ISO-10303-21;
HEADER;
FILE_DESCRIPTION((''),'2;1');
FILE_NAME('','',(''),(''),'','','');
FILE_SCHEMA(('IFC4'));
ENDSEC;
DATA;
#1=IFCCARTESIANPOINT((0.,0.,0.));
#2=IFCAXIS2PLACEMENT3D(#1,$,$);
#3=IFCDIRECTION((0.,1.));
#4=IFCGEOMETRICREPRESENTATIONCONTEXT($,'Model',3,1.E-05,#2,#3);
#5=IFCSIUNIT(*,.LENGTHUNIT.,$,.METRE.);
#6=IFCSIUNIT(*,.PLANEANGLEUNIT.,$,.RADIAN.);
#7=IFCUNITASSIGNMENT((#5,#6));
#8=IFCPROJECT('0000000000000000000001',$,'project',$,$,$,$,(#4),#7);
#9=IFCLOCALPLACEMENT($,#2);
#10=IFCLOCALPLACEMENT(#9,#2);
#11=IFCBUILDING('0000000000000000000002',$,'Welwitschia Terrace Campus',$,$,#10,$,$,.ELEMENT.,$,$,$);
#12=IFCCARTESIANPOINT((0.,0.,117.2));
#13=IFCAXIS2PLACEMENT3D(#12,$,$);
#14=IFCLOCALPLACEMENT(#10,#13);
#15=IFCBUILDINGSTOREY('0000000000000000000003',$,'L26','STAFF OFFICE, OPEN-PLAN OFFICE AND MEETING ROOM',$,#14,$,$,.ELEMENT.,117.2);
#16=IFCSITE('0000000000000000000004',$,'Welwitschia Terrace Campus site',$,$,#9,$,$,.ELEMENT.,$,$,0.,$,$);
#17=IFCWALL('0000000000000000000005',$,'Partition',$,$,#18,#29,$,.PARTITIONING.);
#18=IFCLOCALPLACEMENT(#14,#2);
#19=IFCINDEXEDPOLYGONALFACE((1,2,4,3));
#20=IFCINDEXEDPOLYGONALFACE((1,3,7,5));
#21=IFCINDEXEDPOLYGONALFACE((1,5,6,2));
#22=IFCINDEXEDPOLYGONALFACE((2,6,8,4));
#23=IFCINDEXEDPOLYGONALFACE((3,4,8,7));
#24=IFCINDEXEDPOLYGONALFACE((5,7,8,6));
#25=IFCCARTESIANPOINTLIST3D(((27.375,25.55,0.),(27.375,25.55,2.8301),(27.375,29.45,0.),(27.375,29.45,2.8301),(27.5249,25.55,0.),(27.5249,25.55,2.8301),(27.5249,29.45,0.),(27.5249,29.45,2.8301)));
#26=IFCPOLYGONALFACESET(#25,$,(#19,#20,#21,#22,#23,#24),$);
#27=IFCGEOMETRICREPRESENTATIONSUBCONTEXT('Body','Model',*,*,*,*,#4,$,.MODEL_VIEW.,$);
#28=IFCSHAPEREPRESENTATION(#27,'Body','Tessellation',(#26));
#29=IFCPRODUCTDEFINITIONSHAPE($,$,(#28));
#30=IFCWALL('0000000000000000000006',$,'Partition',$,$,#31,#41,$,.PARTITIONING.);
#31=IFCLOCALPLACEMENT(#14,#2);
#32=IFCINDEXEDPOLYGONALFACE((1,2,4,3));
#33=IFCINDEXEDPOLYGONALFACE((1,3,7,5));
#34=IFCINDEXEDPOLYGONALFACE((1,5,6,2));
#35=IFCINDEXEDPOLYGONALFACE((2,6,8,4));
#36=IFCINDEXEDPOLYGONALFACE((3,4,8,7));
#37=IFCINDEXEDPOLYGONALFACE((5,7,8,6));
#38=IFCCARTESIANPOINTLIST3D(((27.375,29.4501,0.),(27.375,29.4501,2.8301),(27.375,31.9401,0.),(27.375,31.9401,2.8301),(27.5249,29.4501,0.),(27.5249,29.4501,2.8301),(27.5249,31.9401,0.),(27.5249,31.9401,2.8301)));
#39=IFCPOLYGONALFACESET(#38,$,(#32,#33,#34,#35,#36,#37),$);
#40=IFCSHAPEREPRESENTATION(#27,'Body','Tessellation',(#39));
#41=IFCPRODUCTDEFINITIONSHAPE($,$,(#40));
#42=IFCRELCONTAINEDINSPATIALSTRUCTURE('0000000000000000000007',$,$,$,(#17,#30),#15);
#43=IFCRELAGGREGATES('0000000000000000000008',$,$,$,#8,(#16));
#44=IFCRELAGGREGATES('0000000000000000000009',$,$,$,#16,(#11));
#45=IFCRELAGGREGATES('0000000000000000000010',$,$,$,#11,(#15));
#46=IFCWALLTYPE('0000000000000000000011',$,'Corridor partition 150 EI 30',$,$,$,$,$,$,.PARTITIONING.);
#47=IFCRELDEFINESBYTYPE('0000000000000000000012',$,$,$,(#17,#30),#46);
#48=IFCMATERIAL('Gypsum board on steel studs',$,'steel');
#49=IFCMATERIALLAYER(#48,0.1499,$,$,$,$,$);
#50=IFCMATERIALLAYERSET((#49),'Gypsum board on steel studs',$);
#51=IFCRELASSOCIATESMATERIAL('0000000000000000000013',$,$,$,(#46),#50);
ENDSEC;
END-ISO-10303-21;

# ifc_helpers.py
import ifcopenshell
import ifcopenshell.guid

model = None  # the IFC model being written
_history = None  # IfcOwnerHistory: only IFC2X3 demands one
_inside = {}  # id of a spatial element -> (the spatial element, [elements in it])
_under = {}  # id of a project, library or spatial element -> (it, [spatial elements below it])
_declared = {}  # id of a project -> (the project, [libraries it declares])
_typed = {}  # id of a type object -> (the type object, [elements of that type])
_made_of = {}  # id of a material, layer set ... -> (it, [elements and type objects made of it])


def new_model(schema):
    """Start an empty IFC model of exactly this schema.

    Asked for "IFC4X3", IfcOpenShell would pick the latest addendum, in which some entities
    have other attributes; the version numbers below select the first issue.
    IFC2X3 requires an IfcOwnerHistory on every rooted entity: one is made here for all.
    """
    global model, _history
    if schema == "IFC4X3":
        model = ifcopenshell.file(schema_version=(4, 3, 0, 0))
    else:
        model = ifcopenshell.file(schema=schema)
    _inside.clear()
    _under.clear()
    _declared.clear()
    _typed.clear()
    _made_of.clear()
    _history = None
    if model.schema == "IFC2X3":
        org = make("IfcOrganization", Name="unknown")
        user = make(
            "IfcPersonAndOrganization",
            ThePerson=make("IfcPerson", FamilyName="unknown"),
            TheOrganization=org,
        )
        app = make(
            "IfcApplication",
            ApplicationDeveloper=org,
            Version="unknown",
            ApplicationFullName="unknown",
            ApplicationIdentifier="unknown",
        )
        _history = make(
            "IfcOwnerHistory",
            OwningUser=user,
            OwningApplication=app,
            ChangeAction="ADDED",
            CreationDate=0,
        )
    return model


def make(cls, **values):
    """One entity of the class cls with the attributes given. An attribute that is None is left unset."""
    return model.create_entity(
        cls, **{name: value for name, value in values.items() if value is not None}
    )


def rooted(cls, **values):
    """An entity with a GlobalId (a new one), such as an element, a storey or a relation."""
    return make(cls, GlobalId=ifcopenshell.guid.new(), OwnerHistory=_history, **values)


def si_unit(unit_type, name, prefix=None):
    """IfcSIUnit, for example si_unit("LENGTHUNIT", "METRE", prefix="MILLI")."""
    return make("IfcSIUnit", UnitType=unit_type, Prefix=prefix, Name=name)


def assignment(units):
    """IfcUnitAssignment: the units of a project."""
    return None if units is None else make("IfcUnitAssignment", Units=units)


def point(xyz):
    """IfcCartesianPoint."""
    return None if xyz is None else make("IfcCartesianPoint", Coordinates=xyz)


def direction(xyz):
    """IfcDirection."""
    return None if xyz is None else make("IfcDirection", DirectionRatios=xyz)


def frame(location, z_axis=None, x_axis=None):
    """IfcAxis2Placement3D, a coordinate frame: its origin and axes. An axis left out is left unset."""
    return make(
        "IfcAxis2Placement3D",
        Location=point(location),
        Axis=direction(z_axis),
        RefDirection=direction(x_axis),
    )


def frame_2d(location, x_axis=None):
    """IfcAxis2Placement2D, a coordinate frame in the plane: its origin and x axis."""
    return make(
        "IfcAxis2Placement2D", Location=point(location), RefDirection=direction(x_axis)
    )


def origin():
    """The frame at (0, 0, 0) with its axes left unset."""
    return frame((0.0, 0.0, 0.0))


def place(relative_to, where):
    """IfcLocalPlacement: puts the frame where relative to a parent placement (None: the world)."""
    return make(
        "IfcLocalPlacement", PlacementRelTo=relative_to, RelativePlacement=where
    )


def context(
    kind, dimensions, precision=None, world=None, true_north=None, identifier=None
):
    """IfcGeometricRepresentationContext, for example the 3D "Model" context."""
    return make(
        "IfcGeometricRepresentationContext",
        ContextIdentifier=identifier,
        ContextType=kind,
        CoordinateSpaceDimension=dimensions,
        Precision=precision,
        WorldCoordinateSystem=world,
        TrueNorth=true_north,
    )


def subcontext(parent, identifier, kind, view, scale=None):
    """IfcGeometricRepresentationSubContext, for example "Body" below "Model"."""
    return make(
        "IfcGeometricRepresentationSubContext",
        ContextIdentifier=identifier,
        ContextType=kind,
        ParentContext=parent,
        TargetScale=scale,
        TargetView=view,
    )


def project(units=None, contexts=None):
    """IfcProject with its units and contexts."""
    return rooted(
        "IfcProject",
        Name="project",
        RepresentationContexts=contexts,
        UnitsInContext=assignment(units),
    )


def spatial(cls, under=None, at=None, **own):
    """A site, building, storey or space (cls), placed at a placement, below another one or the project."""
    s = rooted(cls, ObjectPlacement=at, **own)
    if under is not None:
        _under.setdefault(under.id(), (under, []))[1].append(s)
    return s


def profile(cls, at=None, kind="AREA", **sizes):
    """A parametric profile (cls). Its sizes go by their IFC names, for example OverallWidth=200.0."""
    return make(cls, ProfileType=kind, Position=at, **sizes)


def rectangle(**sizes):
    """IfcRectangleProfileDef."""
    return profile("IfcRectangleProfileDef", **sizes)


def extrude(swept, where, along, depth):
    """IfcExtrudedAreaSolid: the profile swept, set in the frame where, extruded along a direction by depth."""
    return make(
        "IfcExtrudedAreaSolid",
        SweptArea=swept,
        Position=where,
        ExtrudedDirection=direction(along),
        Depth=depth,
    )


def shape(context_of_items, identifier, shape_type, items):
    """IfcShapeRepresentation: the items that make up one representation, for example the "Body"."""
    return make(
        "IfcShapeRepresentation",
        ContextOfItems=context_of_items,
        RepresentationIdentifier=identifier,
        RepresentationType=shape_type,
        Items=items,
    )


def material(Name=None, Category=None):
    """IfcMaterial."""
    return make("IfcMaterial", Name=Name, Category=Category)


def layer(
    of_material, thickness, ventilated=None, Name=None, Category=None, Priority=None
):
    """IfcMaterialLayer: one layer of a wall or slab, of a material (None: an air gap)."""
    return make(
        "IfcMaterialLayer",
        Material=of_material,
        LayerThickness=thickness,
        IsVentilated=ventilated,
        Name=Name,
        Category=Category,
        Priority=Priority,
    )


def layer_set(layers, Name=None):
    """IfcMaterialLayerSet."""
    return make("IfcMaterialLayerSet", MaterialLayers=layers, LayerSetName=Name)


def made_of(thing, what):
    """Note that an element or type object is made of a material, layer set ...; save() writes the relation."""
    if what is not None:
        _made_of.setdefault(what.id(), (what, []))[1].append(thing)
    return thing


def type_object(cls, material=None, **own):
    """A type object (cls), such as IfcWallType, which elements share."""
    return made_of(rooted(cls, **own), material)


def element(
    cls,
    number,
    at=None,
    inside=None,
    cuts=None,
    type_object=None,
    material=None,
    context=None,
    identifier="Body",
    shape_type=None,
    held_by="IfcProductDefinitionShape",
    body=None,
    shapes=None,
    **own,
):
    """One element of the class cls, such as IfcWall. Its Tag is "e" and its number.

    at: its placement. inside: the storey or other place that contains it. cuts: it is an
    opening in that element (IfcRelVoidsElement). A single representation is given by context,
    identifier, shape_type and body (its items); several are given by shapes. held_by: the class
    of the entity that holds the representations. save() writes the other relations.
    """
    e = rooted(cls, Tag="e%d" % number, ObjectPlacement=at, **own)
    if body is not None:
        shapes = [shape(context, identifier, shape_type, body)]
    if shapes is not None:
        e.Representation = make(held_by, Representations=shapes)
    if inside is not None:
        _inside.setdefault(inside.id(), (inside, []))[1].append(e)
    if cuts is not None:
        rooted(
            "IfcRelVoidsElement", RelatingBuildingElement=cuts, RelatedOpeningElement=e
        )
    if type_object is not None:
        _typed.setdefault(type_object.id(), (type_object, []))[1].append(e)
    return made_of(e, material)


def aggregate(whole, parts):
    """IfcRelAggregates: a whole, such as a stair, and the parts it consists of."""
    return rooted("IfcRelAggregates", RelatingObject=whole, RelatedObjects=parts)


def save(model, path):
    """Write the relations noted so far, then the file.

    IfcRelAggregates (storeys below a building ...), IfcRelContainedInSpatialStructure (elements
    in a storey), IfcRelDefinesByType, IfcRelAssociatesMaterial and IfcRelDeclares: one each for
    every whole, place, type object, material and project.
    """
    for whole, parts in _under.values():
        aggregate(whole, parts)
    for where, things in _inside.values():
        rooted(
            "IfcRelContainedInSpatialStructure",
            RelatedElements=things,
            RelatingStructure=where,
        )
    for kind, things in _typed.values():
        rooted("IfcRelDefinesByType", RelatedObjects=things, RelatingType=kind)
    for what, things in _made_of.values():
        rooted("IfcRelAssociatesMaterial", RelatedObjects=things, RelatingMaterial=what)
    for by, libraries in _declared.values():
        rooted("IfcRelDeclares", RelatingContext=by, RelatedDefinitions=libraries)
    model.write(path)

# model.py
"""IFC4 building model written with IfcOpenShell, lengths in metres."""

from ifc_helpers import new_model, si_unit, direction, frame, frame_2d, origin, place, context, subcontext, project, spatial, rectangle, extrude, material, layer, layer_set, type_object, element, save


model = new_model("IFC4")

# Units and contexts
model_context = context("Model", 3, precision=1e-05, world=origin(), true_north=direction((0.0, 1.0)))
body_context = subcontext(model_context, "Body", "Model", "MODEL_VIEW")
ifc_project = project(units=[si_unit("LENGTHUNIT", "METRE"), si_unit("PLANEANGLEUNIT", "RADIAN")], contexts=[model_context])

# Site, building, storey
site_placement = place(None, origin())
site = spatial("IfcSite", under=ifc_project, at=site_placement, Name="Welwitschia Terrace Campus site", CompositionType="ELEMENT", RefElevation=0.0)
building_placement = place(site_placement, origin())
building = spatial("IfcBuilding", under=site, at=building_placement, Name="Welwitschia Terrace Campus", CompositionType="ELEMENT")
storey_placement = place(building_placement, frame((0.0, 0.0, 117.2)))
storey = spatial("IfcBuildingStorey", under=building, at=storey_placement, Name="L26", Description="STAFF OFFICE, OPEN-PLAN OFFICE AND MEETING ROOM", CompositionType="ELEMENT", Elevation=117.2)

# Shared definitions
ifc_material_1 = material(Name="Gypsum board on steel studs", Category="steel")
ifc_layer_1 = layer(ifc_material_1, 0.1499)
ifc_layer_set_1 = layer_set([ifc_layer_1], Name="Gypsum board on steel studs")
wall_type_1 = type_object("IfcWallType", Name="Corridor partition 150 EI 30", PredefinedType="PARTITIONING", material=ifc_layer_set_1)

# Walls
wall_1_placement = place(storey_placement, frame((27.45, 25.55, 0.0), z_axis=(0.0, 0.0, 1.0), x_axis=(0.0, 1.0, 0.0)))
element("IfcWall", 1, at=wall_1_placement, inside=storey, type_object=wall_type_1, Name="Partition", PredefinedType="PARTITIONING", context=body_context, shape_type="SweptSolid", body=[
    extrude(rectangle(XDim=3.8999, YDim=0.1499, at=frame_2d((1.95, 0.0))), origin(), (0.0, 0.0, 1.0), 2.8301),
])
wall_2_placement = place(storey_placement, frame((27.45, 29.45, 0.0), z_axis=(0.0, 0.0, 1.0), x_axis=(0.0, 1.0, 0.0)))
element("IfcWall", 2, at=wall_2_placement, inside=storey, type_object=wall_type_1, Name="Partition", PredefinedType="PARTITIONING", context=body_context, shape_type="SweptSolid", body=[
    extrude(rectangle(XDim=2.49, YDim=0.1499, at=frame_2d((1.2451, 0.0))), origin(), (0.0, 0.0, 1.0), 2.8301),
])

save(model, "model.ifc")
